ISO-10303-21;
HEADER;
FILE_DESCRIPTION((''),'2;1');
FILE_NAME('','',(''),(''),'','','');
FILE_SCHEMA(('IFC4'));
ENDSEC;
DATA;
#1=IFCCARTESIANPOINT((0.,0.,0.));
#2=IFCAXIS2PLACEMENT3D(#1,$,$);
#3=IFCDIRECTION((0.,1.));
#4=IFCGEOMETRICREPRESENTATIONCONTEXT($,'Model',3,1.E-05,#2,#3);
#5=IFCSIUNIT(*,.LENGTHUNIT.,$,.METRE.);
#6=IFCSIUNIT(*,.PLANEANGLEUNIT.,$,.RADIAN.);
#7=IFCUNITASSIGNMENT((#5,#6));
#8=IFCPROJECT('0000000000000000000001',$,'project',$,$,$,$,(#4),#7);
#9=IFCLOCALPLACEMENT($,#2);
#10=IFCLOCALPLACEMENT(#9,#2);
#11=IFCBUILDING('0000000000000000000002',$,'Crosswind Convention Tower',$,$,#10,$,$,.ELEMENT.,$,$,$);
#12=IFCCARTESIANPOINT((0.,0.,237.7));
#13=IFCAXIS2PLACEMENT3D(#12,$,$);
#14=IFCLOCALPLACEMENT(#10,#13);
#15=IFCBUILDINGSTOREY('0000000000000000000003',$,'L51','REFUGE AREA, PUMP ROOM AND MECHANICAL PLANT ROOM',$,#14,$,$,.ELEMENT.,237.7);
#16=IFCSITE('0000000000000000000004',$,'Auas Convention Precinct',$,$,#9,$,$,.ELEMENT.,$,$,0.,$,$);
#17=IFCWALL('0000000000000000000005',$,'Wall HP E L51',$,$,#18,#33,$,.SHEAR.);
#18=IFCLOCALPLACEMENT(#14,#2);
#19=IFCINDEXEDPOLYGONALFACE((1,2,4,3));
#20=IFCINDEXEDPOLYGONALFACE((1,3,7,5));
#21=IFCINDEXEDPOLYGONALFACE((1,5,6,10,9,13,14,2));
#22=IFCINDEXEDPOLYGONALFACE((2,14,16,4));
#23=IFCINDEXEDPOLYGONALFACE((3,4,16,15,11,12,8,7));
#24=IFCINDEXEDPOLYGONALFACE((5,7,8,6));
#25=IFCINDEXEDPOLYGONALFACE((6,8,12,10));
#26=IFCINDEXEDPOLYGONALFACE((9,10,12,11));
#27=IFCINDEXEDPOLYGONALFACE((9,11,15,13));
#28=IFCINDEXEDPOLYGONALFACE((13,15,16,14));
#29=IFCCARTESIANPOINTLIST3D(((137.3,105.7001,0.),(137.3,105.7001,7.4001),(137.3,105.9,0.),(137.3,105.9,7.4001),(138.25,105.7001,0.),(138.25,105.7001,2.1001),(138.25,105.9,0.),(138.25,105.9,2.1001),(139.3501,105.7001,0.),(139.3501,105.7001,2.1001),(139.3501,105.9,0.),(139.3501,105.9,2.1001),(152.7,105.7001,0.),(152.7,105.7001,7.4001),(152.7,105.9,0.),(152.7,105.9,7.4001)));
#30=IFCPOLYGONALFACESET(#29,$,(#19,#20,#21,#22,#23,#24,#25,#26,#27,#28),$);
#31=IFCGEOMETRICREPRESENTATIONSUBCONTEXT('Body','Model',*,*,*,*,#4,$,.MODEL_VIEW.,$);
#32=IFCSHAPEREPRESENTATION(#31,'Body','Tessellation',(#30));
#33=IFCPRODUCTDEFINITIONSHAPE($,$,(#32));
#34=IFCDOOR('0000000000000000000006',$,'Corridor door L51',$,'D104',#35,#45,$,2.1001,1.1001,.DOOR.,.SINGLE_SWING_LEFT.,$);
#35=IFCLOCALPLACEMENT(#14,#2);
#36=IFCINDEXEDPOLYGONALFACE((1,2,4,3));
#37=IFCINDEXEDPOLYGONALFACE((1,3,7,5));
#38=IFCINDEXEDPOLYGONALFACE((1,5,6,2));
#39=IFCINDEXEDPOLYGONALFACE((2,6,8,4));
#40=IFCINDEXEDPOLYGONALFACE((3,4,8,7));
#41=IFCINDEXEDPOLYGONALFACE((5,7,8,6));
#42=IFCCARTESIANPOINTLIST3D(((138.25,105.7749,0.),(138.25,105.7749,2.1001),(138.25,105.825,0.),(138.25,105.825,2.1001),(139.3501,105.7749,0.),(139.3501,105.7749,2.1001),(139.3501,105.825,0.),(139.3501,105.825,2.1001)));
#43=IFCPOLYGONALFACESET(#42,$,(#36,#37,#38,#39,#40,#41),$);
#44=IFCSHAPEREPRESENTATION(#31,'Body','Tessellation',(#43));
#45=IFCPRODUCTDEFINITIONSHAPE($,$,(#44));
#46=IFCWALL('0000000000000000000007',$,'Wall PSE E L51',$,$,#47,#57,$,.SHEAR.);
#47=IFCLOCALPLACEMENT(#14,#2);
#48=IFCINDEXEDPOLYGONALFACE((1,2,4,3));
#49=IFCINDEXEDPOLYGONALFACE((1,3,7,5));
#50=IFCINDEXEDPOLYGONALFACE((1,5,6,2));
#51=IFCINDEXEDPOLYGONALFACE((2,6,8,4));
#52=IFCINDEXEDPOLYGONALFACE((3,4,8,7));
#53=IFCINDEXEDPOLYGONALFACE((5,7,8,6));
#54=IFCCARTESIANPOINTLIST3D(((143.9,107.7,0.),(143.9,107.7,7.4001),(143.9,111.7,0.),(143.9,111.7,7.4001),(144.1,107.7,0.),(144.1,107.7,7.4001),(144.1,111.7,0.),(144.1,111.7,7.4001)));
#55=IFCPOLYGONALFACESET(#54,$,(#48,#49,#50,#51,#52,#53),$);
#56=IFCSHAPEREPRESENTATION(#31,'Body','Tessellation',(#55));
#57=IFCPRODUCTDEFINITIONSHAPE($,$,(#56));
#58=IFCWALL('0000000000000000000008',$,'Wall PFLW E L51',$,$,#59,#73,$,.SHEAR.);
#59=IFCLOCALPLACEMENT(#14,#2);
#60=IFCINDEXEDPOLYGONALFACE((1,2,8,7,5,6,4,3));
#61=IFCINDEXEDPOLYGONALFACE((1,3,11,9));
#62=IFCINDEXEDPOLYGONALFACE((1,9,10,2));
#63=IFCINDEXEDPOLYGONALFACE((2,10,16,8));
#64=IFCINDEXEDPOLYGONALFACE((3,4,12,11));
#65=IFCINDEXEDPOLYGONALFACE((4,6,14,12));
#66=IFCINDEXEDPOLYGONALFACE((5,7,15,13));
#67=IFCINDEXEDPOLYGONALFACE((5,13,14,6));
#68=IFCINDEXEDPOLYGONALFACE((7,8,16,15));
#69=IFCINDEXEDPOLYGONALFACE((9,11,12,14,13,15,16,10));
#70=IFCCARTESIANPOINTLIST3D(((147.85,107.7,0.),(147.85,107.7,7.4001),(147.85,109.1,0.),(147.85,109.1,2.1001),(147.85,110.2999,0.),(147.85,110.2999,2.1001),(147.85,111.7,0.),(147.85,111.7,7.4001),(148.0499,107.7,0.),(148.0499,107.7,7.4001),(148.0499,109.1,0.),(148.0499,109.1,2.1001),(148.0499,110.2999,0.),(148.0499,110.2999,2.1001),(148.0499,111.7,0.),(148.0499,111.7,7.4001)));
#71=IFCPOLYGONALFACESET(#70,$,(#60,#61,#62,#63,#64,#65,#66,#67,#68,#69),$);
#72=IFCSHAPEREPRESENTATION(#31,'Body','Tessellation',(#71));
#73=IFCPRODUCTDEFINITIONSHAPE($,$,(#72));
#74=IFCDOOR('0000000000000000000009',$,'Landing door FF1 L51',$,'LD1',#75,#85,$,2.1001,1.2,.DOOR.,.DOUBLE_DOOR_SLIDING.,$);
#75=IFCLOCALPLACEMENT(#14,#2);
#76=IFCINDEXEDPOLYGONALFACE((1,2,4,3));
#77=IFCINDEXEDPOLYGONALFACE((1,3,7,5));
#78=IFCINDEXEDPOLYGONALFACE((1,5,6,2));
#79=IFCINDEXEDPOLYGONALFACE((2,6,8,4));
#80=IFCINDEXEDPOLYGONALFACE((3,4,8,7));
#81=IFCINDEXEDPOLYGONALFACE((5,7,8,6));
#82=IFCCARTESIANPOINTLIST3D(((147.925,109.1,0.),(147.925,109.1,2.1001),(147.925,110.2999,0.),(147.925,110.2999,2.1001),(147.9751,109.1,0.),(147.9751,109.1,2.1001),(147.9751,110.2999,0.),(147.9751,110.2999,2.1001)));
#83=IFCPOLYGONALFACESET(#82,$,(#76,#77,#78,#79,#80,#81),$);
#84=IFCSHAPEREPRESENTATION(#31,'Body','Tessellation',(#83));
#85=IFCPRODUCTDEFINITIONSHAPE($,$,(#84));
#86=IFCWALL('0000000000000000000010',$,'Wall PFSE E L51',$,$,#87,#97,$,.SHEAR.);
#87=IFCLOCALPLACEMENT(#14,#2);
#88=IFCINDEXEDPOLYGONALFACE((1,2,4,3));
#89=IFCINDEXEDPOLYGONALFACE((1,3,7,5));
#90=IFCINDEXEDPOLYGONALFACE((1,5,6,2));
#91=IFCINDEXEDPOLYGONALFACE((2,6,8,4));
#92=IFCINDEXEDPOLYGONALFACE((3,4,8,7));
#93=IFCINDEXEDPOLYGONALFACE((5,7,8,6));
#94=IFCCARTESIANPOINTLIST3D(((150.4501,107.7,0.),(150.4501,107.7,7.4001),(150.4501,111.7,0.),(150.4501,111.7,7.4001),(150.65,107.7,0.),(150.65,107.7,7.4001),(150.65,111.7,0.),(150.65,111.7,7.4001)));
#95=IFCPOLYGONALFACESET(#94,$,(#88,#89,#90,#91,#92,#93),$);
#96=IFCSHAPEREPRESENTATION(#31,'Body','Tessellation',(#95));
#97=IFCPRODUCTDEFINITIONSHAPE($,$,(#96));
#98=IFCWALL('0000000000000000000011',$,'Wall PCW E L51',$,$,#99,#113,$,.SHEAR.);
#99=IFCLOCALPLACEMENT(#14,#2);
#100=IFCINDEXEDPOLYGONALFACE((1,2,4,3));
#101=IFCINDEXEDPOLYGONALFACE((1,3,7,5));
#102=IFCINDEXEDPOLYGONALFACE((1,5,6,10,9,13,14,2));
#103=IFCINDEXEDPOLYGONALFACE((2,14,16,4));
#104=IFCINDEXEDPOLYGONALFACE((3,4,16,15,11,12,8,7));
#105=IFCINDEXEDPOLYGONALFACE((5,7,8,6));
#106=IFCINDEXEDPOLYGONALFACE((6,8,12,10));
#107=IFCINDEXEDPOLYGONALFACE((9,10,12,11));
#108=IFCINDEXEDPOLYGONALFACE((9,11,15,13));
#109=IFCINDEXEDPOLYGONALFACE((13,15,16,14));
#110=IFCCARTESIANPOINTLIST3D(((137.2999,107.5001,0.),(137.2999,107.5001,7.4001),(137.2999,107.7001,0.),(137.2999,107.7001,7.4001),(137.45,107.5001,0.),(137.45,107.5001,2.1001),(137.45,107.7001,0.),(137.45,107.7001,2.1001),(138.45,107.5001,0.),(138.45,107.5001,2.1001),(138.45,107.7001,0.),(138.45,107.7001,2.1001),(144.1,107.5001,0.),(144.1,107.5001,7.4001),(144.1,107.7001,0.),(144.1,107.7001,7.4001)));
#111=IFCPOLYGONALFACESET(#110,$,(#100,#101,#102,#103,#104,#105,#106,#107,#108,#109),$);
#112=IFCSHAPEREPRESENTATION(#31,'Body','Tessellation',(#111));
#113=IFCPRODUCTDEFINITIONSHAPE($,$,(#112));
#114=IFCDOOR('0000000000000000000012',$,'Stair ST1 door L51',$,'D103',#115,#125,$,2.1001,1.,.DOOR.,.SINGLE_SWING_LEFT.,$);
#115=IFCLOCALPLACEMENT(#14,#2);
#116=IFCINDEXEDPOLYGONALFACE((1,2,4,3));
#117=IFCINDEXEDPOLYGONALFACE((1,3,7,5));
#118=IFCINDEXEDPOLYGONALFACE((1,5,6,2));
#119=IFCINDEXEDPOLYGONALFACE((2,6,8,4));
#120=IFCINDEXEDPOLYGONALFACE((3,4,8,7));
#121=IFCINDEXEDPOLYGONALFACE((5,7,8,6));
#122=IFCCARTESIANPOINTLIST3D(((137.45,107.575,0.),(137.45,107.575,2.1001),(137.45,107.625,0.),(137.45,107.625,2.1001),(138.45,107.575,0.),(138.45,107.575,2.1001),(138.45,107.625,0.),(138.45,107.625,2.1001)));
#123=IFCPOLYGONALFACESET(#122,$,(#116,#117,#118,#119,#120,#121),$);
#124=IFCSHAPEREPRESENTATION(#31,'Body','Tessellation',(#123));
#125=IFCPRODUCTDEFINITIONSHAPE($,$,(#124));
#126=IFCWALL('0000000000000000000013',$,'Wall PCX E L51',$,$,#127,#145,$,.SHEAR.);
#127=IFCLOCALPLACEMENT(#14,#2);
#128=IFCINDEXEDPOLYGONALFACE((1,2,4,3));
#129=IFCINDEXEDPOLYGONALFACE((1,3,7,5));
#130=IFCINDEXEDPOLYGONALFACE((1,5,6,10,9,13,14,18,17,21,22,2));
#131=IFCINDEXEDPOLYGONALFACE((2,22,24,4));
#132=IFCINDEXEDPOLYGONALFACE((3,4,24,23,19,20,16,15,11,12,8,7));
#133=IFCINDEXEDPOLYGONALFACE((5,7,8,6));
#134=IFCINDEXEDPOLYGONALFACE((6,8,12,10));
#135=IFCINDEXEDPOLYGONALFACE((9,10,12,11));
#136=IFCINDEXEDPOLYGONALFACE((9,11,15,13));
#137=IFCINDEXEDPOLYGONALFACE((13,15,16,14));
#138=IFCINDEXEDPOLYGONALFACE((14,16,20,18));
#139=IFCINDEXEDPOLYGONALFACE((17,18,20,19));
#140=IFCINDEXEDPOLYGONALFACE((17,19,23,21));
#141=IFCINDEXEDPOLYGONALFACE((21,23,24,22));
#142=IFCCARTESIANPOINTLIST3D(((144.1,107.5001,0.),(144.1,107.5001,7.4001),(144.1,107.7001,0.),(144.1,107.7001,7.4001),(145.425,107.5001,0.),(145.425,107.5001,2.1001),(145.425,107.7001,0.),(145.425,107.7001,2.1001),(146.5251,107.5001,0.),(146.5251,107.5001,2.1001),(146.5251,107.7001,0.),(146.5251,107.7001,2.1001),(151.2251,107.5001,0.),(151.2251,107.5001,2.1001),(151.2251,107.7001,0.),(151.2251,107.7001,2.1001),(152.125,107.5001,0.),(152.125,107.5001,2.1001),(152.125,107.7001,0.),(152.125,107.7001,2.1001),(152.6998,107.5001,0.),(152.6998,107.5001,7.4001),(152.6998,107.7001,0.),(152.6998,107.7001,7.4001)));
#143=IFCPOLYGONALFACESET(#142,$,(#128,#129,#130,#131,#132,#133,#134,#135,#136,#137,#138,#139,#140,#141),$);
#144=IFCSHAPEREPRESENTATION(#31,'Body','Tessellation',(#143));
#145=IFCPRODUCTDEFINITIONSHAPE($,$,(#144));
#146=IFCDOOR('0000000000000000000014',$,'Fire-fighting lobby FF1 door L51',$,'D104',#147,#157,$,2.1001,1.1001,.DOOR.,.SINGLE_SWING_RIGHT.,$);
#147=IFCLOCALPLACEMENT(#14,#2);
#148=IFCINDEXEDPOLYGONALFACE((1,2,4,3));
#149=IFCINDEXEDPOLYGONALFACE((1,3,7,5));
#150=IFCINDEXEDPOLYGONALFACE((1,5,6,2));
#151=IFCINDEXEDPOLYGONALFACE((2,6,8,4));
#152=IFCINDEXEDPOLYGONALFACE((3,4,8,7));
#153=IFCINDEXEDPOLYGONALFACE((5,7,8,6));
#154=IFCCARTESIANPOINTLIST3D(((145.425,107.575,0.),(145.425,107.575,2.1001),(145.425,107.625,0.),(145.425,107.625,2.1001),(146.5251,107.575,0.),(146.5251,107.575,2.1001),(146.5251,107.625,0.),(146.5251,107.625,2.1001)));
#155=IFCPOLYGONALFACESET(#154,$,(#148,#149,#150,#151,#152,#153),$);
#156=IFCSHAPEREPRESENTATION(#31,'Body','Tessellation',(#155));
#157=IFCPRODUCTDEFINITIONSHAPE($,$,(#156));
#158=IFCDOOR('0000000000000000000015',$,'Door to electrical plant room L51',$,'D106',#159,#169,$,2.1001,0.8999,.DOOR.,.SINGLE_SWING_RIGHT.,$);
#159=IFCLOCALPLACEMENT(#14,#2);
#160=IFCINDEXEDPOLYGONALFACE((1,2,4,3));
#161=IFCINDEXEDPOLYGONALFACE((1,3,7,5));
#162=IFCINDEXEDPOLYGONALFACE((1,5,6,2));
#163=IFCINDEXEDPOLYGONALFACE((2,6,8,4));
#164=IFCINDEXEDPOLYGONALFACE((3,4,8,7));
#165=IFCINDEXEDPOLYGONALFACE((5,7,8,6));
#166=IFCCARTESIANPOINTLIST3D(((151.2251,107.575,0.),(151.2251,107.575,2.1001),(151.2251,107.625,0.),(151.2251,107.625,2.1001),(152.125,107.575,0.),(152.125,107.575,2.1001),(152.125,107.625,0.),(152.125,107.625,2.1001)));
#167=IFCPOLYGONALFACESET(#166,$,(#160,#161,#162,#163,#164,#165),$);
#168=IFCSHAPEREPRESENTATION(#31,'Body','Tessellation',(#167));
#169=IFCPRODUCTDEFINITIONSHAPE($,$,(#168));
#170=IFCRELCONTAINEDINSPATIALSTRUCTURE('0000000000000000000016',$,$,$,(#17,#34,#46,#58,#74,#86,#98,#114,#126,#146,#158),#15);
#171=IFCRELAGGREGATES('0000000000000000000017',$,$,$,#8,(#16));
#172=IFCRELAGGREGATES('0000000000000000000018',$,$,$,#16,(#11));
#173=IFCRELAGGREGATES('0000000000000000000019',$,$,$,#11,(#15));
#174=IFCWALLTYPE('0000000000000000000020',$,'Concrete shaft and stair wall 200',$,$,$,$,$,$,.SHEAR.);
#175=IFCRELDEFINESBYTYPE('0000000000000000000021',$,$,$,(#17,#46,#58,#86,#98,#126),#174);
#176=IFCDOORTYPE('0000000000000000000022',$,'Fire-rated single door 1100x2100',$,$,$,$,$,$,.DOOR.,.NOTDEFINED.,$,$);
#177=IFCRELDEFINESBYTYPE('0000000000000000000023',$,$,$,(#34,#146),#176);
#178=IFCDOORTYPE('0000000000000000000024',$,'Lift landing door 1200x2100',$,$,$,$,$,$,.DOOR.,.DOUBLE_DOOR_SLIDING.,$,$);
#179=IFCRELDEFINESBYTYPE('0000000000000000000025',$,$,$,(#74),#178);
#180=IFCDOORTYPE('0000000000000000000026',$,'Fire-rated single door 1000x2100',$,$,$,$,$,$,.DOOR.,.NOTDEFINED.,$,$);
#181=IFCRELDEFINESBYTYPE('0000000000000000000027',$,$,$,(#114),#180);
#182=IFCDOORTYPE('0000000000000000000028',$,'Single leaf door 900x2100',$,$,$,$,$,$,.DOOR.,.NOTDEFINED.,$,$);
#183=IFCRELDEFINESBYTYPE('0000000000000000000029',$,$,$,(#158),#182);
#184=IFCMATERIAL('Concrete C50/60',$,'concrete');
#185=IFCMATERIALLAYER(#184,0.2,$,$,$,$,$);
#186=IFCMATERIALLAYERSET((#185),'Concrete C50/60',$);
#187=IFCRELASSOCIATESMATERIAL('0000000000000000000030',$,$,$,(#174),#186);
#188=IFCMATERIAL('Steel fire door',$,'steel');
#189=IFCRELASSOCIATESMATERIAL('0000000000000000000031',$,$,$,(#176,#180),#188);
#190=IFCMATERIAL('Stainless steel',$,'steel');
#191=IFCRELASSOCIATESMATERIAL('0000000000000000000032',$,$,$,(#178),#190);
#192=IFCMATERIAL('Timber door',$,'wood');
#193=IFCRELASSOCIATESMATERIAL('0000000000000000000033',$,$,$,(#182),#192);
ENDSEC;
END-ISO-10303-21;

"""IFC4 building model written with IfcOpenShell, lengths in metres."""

from ifc_helpers import new_model, si_unit, direction, frame, frame_2d, origin, place, context, subcontext, project, spatial, rectangle, extrude, material, layer, layer_set, type_object, element, fill, save


model = new_model("IFC4")

# Units and contexts
model_context = context("Model", 3, precision=1e-05, world=origin(), true_north=direction((0.0, 1.0)))
body_context = subcontext(model_context, "Body", "Model", "MODEL_VIEW")
ifc_project = project(units=[si_unit("LENGTHUNIT", "METRE"), si_unit("PLANEANGLEUNIT", "RADIAN")], contexts=[model_context])

# Site, building, storey
site_placement = place(None, origin())
site = spatial("IfcSite", under=ifc_project, at=site_placement, Name="Auas Convention Precinct", CompositionType="ELEMENT", RefElevation=0.0)
building_placement = place(site_placement, origin())
building = spatial("IfcBuilding", under=site, at=building_placement, Name="Crosswind Convention Tower", CompositionType="ELEMENT")
storey_placement = place(building_placement, frame((0.0, 0.0, 237.7)))
storey = spatial("IfcBuildingStorey", under=building, at=storey_placement, Name="L51", Description="REFUGE AREA, PUMP ROOM AND MECHANICAL PLANT ROOM", CompositionType="ELEMENT", Elevation=237.7)

# Shared definitions
ifc_material_1 = material(Name="Concrete C50/60", Category="concrete")
ifc_layer_1 = layer(ifc_material_1, 0.2)
ifc_layer_set_1 = layer_set([ifc_layer_1], Name="Concrete C50/60")
wall_type_1 = type_object("IfcWallType", Name="Concrete shaft and stair wall 200", PredefinedType="SHEAR", material=ifc_layer_set_1)

# Shared definitions
ifc_material_2 = material(Name="Steel fire door", Category="steel")

# Wall, opening, door
wall_1_placement = place(storey_placement, frame((137.3, 105.8, 0.0), z_axis=(0.0, 0.0, 1.0), x_axis=(1.0, 0.0, 0.0)))
wall_1 = element("IfcWall", 1, at=wall_1_placement, inside=storey, type_object=wall_type_1, Name="Wall HP E L51", PredefinedType="SHEAR", context=body_context, shape_type="SweptSolid", body=[
    extrude(rectangle(XDim=15.3999, YDim=0.2, at=frame_2d((7.7, 0.0))), origin(), (0.0, 0.0, 1.0), 7.4001),
])
opening_1_placement = place(wall_1_placement, frame((0.95, 0.0, 0.0)))
opening_1 = element("IfcOpeningElement", 2, at=opening_1_placement, cuts=wall_1, PredefinedType="OPENING", context=body_context, shape_type="SweptSolid", body=[
    extrude(rectangle(XDim=1.1001, YDim=2.1001, at=frame_2d((0.55, 1.05))), frame((0.0, 0.1099, 0.0), z_axis=(0.0, -1.0, 0.0), x_axis=(1.0, 0.0, 0.0)), (0.0, 0.0, 1.0), 0.22),
])
door_type_1 = type_object("IfcDoorType", Name="Fire-rated single door 1100x2100", OperationType="NOTDEFINED", PredefinedType="DOOR", material=ifc_material_2)
door_1_placement = place(opening_1_placement, origin())
door_1 = element("IfcDoor", 3, at=door_1_placement, inside=storey, type_object=door_type_1, Name="Corridor door L51", ObjectType="D104", OperationType="SINGLE_SWING_LEFT", OverallHeight=2.1001, OverallWidth=1.1001, PredefinedType="DOOR", context=body_context, shape_type="SweptSolid", body=[
    extrude(rectangle(XDim=1.1001, YDim=2.1001, at=frame_2d((0.55, 1.05))), frame((0.0, 0.0249, 0.0), z_axis=(0.0, -1.0, 0.0), x_axis=(1.0, 0.0, 0.0)), (0.0, 0.0, 1.0), 0.05),
])
fill(opening_1, door_1)

# Wall
wall_2_placement = place(storey_placement, frame((144.0, 107.7, 0.0), z_axis=(0.0, 0.0, 1.0), x_axis=(0.0, 1.0, 0.0)))
element("IfcWall", 4, at=wall_2_placement, inside=storey, type_object=wall_type_1, Name="Wall PSE E L51", PredefinedType="SHEAR", context=body_context, shape_type="SweptSolid", body=[
    extrude(rectangle(XDim=4.0, YDim=0.2, at=frame_2d((2.0, 0.0))), origin(), (0.0, 0.0, 1.0), 7.4001),
])

# Wall, opening, door
wall_3_placement = place(storey_placement, frame((147.95, 107.7, 0.0), z_axis=(0.0, 0.0, 1.0), x_axis=(0.0, 1.0, 0.0)))
wall_3 = element("IfcWall", 5, at=wall_3_placement, inside=storey, type_object=wall_type_1, Name="Wall PFLW E L51", PredefinedType="SHEAR", context=body_context, shape_type="SweptSolid", body=[
    extrude(rectangle(XDim=4.0, YDim=0.2, at=frame_2d((2.0, 0.0))), origin(), (0.0, 0.0, 1.0), 7.4001),
])
opening_2_placement = place(wall_3_placement, frame((1.3999, 0.0, 0.0)))
opening_2 = element("IfcOpeningElement", 6, at=opening_2_placement, cuts=wall_3, PredefinedType="OPENING", context=body_context, shape_type="SweptSolid", body=[
    extrude(rectangle(XDim=1.2, YDim=2.1001, at=frame_2d((0.6001, 1.05))), frame((0.0, 0.1099, 0.0), z_axis=(0.0, -1.0, 0.0), x_axis=(1.0, 0.0, 0.0)), (0.0, 0.0, 1.0), 0.22),
])
ifc_material_3 = material(Name="Stainless steel", Category="steel")
door_type_2 = type_object("IfcDoorType", Name="Lift landing door 1200x2100", OperationType="DOUBLE_DOOR_SLIDING", PredefinedType="DOOR", material=ifc_material_3)
door_2_placement = place(opening_2_placement, origin())
door_2 = element("IfcDoor", 7, at=door_2_placement, inside=storey, type_object=door_type_2, Name="Landing door FF1 L51", ObjectType="LD1", OperationType="DOUBLE_DOOR_SLIDING", OverallHeight=2.1001, OverallWidth=1.2, PredefinedType="DOOR", context=body_context, shape_type="SweptSolid", body=[
    extrude(rectangle(XDim=1.2, YDim=2.1001, at=frame_2d((0.6001, 1.05))), frame((0.0, 0.0249, 0.0), z_axis=(0.0, -1.0, 0.0), x_axis=(1.0, 0.0, 0.0)), (0.0, 0.0, 1.0), 0.05),
])
fill(opening_2, door_2)

# Wall
wall_4_placement = place(storey_placement, frame((150.55, 107.7, 0.0), z_axis=(0.0, 0.0, 1.0), x_axis=(0.0, 1.0, 0.0)))
element("IfcWall", 8, at=wall_4_placement, inside=storey, type_object=wall_type_1, Name="Wall PFSE E L51", PredefinedType="SHEAR", context=body_context, shape_type="SweptSolid", body=[
    extrude(rectangle(XDim=4.0, YDim=0.2, at=frame_2d((2.0, 0.0))), origin(), (0.0, 0.0, 1.0), 7.4001),
])

# Wall, opening, door
wall_5_placement = place(storey_placement, frame((137.3, 107.6001, 0.0), z_axis=(0.0, 0.0, 1.0), x_axis=(1.0, 0.0, 0.0)))
wall_5 = element("IfcWall", 9, at=wall_5_placement, inside=storey, type_object=wall_type_1, Name="Wall PCW E L51", PredefinedType="SHEAR", context=body_context, shape_type="SweptSolid", body=[
    extrude(rectangle(XDim=6.8, YDim=0.2, at=frame_2d((3.3999, 0.0))), origin(), (0.0, 0.0, 1.0), 7.4001),
])
opening_3_placement = place(wall_5_placement, frame((0.1499, 0.0, 0.0)))
opening_3 = element("IfcOpeningElement", 10, at=opening_3_placement, cuts=wall_5, PredefinedType="OPENING", context=body_context, shape_type="SweptSolid", body=[
    extrude(rectangle(XDim=1.0, YDim=2.1001, at=frame_2d((0.5, 1.05))), frame((0.0, 0.1099, 0.0), z_axis=(0.0, -1.0, 0.0), x_axis=(1.0, 0.0, 0.0)), (0.0, 0.0, 1.0), 0.22),
])
door_type_3 = type_object("IfcDoorType", Name="Fire-rated single door 1000x2100", OperationType="NOTDEFINED", PredefinedType="DOOR", material=ifc_material_2)
door_3_placement = place(opening_3_placement, origin())
door_3 = element("IfcDoor", 11, at=door_3_placement, inside=storey, type_object=door_type_3, Name="Stair ST1 door L51", ObjectType="D103", OperationType="SINGLE_SWING_LEFT", OverallHeight=2.1001, OverallWidth=1.0, PredefinedType="DOOR", context=body_context, shape_type="SweptSolid", body=[
    extrude(rectangle(XDim=1.0, YDim=2.1001, at=frame_2d((0.5, 1.05))), frame((0.0, 0.0249, 0.0), z_axis=(0.0, -1.0, 0.0), x_axis=(1.0, 0.0, 0.0)), (0.0, 0.0, 1.0), 0.05),
])
fill(opening_3, door_3)

# Wall, openings, doors
wall_6_placement = place(storey_placement, frame((144.1001, 107.6001, 0.0), z_axis=(0.0, 0.0, 1.0), x_axis=(1.0, 0.0, 0.0)))
wall_6 = element("IfcWall", 12, at=wall_6_placement, inside=storey, type_object=wall_type_1, Name="Wall PCX E L51", PredefinedType="SHEAR", context=body_context, shape_type="SweptSolid", body=[
    extrude(rectangle(XDim=8.5999, YDim=0.2, at=frame_2d((4.2998, 0.0))), origin(), (0.0, 0.0, 1.0), 7.4001),
])
opening_4_placement = place(wall_6_placement, frame((1.325, 0.0, 0.0)))
opening_4 = element("IfcOpeningElement", 13, at=opening_4_placement, cuts=wall_6, PredefinedType="OPENING", context=body_context, shape_type="SweptSolid", body=[
    extrude(rectangle(XDim=1.1001, YDim=2.1001, at=frame_2d((0.55, 1.05))), frame((0.0, 0.1099, 0.0), z_axis=(0.0, -1.0, 0.0), x_axis=(1.0, 0.0, 0.0)), (0.0, 0.0, 1.0), 0.22),
])
opening_5_placement = place(wall_6_placement, frame((7.125, 0.0, 0.0)))
opening_5 = element("IfcOpeningElement", 14, at=opening_5_placement, cuts=wall_6, PredefinedType="OPENING", context=body_context, shape_type="SweptSolid", body=[
    extrude(rectangle(XDim=0.8999, YDim=2.1001, at=frame_2d((0.45, 1.05))), frame((0.0, 0.1099, 0.0), z_axis=(0.0, -1.0, 0.0), x_axis=(1.0, 0.0, 0.0)), (0.0, 0.0, 1.0), 0.22),
])
door_4_placement = place(opening_4_placement, origin())
door_4 = element("IfcDoor", 15, at=door_4_placement, inside=storey, type_object=door_type_1, Name="Fire-fighting lobby FF1 door L51", ObjectType="D104", OperationType="SINGLE_SWING_RIGHT", OverallHeight=2.1001, OverallWidth=1.1001, PredefinedType="DOOR", context=body_context, shape_type="SweptSolid", body=[
    extrude(rectangle(XDim=1.1001, YDim=2.1001, at=frame_2d((0.55, 1.05))), frame((0.0, 0.0249, 0.0), z_axis=(0.0, -1.0, 0.0), x_axis=(1.0, 0.0, 0.0)), (0.0, 0.0, 1.0), 0.05),
])
fill(opening_4, door_4)
ifc_material_4 = material(Name="Timber door", Category="wood")
door_type_4 = type_object("IfcDoorType", Name="Single leaf door 900x2100", OperationType="NOTDEFINED", PredefinedType="DOOR", material=ifc_material_4)
door_5_placement = place(opening_5_placement, origin())
door_5 = element("IfcDoor", 16, at=door_5_placement, inside=storey, type_object=door_type_4, Name="Door to electrical plant room L51", ObjectType="D106", OperationType="SINGLE_SWING_RIGHT", OverallHeight=2.1001, OverallWidth=0.8999, PredefinedType="DOOR", context=body_context, shape_type="SweptSolid", body=[
    extrude(rectangle(XDim=0.8999, YDim=2.1001, at=frame_2d((0.45, 1.05))), frame((0.0, 0.0249, 0.0), z_axis=(0.0, -1.0, 0.0), x_axis=(1.0, 0.0, 0.0)), (0.0, 0.0, 1.0), 0.05),
])
fill(opening_5, door_5)

save(model, "model.ifc")
